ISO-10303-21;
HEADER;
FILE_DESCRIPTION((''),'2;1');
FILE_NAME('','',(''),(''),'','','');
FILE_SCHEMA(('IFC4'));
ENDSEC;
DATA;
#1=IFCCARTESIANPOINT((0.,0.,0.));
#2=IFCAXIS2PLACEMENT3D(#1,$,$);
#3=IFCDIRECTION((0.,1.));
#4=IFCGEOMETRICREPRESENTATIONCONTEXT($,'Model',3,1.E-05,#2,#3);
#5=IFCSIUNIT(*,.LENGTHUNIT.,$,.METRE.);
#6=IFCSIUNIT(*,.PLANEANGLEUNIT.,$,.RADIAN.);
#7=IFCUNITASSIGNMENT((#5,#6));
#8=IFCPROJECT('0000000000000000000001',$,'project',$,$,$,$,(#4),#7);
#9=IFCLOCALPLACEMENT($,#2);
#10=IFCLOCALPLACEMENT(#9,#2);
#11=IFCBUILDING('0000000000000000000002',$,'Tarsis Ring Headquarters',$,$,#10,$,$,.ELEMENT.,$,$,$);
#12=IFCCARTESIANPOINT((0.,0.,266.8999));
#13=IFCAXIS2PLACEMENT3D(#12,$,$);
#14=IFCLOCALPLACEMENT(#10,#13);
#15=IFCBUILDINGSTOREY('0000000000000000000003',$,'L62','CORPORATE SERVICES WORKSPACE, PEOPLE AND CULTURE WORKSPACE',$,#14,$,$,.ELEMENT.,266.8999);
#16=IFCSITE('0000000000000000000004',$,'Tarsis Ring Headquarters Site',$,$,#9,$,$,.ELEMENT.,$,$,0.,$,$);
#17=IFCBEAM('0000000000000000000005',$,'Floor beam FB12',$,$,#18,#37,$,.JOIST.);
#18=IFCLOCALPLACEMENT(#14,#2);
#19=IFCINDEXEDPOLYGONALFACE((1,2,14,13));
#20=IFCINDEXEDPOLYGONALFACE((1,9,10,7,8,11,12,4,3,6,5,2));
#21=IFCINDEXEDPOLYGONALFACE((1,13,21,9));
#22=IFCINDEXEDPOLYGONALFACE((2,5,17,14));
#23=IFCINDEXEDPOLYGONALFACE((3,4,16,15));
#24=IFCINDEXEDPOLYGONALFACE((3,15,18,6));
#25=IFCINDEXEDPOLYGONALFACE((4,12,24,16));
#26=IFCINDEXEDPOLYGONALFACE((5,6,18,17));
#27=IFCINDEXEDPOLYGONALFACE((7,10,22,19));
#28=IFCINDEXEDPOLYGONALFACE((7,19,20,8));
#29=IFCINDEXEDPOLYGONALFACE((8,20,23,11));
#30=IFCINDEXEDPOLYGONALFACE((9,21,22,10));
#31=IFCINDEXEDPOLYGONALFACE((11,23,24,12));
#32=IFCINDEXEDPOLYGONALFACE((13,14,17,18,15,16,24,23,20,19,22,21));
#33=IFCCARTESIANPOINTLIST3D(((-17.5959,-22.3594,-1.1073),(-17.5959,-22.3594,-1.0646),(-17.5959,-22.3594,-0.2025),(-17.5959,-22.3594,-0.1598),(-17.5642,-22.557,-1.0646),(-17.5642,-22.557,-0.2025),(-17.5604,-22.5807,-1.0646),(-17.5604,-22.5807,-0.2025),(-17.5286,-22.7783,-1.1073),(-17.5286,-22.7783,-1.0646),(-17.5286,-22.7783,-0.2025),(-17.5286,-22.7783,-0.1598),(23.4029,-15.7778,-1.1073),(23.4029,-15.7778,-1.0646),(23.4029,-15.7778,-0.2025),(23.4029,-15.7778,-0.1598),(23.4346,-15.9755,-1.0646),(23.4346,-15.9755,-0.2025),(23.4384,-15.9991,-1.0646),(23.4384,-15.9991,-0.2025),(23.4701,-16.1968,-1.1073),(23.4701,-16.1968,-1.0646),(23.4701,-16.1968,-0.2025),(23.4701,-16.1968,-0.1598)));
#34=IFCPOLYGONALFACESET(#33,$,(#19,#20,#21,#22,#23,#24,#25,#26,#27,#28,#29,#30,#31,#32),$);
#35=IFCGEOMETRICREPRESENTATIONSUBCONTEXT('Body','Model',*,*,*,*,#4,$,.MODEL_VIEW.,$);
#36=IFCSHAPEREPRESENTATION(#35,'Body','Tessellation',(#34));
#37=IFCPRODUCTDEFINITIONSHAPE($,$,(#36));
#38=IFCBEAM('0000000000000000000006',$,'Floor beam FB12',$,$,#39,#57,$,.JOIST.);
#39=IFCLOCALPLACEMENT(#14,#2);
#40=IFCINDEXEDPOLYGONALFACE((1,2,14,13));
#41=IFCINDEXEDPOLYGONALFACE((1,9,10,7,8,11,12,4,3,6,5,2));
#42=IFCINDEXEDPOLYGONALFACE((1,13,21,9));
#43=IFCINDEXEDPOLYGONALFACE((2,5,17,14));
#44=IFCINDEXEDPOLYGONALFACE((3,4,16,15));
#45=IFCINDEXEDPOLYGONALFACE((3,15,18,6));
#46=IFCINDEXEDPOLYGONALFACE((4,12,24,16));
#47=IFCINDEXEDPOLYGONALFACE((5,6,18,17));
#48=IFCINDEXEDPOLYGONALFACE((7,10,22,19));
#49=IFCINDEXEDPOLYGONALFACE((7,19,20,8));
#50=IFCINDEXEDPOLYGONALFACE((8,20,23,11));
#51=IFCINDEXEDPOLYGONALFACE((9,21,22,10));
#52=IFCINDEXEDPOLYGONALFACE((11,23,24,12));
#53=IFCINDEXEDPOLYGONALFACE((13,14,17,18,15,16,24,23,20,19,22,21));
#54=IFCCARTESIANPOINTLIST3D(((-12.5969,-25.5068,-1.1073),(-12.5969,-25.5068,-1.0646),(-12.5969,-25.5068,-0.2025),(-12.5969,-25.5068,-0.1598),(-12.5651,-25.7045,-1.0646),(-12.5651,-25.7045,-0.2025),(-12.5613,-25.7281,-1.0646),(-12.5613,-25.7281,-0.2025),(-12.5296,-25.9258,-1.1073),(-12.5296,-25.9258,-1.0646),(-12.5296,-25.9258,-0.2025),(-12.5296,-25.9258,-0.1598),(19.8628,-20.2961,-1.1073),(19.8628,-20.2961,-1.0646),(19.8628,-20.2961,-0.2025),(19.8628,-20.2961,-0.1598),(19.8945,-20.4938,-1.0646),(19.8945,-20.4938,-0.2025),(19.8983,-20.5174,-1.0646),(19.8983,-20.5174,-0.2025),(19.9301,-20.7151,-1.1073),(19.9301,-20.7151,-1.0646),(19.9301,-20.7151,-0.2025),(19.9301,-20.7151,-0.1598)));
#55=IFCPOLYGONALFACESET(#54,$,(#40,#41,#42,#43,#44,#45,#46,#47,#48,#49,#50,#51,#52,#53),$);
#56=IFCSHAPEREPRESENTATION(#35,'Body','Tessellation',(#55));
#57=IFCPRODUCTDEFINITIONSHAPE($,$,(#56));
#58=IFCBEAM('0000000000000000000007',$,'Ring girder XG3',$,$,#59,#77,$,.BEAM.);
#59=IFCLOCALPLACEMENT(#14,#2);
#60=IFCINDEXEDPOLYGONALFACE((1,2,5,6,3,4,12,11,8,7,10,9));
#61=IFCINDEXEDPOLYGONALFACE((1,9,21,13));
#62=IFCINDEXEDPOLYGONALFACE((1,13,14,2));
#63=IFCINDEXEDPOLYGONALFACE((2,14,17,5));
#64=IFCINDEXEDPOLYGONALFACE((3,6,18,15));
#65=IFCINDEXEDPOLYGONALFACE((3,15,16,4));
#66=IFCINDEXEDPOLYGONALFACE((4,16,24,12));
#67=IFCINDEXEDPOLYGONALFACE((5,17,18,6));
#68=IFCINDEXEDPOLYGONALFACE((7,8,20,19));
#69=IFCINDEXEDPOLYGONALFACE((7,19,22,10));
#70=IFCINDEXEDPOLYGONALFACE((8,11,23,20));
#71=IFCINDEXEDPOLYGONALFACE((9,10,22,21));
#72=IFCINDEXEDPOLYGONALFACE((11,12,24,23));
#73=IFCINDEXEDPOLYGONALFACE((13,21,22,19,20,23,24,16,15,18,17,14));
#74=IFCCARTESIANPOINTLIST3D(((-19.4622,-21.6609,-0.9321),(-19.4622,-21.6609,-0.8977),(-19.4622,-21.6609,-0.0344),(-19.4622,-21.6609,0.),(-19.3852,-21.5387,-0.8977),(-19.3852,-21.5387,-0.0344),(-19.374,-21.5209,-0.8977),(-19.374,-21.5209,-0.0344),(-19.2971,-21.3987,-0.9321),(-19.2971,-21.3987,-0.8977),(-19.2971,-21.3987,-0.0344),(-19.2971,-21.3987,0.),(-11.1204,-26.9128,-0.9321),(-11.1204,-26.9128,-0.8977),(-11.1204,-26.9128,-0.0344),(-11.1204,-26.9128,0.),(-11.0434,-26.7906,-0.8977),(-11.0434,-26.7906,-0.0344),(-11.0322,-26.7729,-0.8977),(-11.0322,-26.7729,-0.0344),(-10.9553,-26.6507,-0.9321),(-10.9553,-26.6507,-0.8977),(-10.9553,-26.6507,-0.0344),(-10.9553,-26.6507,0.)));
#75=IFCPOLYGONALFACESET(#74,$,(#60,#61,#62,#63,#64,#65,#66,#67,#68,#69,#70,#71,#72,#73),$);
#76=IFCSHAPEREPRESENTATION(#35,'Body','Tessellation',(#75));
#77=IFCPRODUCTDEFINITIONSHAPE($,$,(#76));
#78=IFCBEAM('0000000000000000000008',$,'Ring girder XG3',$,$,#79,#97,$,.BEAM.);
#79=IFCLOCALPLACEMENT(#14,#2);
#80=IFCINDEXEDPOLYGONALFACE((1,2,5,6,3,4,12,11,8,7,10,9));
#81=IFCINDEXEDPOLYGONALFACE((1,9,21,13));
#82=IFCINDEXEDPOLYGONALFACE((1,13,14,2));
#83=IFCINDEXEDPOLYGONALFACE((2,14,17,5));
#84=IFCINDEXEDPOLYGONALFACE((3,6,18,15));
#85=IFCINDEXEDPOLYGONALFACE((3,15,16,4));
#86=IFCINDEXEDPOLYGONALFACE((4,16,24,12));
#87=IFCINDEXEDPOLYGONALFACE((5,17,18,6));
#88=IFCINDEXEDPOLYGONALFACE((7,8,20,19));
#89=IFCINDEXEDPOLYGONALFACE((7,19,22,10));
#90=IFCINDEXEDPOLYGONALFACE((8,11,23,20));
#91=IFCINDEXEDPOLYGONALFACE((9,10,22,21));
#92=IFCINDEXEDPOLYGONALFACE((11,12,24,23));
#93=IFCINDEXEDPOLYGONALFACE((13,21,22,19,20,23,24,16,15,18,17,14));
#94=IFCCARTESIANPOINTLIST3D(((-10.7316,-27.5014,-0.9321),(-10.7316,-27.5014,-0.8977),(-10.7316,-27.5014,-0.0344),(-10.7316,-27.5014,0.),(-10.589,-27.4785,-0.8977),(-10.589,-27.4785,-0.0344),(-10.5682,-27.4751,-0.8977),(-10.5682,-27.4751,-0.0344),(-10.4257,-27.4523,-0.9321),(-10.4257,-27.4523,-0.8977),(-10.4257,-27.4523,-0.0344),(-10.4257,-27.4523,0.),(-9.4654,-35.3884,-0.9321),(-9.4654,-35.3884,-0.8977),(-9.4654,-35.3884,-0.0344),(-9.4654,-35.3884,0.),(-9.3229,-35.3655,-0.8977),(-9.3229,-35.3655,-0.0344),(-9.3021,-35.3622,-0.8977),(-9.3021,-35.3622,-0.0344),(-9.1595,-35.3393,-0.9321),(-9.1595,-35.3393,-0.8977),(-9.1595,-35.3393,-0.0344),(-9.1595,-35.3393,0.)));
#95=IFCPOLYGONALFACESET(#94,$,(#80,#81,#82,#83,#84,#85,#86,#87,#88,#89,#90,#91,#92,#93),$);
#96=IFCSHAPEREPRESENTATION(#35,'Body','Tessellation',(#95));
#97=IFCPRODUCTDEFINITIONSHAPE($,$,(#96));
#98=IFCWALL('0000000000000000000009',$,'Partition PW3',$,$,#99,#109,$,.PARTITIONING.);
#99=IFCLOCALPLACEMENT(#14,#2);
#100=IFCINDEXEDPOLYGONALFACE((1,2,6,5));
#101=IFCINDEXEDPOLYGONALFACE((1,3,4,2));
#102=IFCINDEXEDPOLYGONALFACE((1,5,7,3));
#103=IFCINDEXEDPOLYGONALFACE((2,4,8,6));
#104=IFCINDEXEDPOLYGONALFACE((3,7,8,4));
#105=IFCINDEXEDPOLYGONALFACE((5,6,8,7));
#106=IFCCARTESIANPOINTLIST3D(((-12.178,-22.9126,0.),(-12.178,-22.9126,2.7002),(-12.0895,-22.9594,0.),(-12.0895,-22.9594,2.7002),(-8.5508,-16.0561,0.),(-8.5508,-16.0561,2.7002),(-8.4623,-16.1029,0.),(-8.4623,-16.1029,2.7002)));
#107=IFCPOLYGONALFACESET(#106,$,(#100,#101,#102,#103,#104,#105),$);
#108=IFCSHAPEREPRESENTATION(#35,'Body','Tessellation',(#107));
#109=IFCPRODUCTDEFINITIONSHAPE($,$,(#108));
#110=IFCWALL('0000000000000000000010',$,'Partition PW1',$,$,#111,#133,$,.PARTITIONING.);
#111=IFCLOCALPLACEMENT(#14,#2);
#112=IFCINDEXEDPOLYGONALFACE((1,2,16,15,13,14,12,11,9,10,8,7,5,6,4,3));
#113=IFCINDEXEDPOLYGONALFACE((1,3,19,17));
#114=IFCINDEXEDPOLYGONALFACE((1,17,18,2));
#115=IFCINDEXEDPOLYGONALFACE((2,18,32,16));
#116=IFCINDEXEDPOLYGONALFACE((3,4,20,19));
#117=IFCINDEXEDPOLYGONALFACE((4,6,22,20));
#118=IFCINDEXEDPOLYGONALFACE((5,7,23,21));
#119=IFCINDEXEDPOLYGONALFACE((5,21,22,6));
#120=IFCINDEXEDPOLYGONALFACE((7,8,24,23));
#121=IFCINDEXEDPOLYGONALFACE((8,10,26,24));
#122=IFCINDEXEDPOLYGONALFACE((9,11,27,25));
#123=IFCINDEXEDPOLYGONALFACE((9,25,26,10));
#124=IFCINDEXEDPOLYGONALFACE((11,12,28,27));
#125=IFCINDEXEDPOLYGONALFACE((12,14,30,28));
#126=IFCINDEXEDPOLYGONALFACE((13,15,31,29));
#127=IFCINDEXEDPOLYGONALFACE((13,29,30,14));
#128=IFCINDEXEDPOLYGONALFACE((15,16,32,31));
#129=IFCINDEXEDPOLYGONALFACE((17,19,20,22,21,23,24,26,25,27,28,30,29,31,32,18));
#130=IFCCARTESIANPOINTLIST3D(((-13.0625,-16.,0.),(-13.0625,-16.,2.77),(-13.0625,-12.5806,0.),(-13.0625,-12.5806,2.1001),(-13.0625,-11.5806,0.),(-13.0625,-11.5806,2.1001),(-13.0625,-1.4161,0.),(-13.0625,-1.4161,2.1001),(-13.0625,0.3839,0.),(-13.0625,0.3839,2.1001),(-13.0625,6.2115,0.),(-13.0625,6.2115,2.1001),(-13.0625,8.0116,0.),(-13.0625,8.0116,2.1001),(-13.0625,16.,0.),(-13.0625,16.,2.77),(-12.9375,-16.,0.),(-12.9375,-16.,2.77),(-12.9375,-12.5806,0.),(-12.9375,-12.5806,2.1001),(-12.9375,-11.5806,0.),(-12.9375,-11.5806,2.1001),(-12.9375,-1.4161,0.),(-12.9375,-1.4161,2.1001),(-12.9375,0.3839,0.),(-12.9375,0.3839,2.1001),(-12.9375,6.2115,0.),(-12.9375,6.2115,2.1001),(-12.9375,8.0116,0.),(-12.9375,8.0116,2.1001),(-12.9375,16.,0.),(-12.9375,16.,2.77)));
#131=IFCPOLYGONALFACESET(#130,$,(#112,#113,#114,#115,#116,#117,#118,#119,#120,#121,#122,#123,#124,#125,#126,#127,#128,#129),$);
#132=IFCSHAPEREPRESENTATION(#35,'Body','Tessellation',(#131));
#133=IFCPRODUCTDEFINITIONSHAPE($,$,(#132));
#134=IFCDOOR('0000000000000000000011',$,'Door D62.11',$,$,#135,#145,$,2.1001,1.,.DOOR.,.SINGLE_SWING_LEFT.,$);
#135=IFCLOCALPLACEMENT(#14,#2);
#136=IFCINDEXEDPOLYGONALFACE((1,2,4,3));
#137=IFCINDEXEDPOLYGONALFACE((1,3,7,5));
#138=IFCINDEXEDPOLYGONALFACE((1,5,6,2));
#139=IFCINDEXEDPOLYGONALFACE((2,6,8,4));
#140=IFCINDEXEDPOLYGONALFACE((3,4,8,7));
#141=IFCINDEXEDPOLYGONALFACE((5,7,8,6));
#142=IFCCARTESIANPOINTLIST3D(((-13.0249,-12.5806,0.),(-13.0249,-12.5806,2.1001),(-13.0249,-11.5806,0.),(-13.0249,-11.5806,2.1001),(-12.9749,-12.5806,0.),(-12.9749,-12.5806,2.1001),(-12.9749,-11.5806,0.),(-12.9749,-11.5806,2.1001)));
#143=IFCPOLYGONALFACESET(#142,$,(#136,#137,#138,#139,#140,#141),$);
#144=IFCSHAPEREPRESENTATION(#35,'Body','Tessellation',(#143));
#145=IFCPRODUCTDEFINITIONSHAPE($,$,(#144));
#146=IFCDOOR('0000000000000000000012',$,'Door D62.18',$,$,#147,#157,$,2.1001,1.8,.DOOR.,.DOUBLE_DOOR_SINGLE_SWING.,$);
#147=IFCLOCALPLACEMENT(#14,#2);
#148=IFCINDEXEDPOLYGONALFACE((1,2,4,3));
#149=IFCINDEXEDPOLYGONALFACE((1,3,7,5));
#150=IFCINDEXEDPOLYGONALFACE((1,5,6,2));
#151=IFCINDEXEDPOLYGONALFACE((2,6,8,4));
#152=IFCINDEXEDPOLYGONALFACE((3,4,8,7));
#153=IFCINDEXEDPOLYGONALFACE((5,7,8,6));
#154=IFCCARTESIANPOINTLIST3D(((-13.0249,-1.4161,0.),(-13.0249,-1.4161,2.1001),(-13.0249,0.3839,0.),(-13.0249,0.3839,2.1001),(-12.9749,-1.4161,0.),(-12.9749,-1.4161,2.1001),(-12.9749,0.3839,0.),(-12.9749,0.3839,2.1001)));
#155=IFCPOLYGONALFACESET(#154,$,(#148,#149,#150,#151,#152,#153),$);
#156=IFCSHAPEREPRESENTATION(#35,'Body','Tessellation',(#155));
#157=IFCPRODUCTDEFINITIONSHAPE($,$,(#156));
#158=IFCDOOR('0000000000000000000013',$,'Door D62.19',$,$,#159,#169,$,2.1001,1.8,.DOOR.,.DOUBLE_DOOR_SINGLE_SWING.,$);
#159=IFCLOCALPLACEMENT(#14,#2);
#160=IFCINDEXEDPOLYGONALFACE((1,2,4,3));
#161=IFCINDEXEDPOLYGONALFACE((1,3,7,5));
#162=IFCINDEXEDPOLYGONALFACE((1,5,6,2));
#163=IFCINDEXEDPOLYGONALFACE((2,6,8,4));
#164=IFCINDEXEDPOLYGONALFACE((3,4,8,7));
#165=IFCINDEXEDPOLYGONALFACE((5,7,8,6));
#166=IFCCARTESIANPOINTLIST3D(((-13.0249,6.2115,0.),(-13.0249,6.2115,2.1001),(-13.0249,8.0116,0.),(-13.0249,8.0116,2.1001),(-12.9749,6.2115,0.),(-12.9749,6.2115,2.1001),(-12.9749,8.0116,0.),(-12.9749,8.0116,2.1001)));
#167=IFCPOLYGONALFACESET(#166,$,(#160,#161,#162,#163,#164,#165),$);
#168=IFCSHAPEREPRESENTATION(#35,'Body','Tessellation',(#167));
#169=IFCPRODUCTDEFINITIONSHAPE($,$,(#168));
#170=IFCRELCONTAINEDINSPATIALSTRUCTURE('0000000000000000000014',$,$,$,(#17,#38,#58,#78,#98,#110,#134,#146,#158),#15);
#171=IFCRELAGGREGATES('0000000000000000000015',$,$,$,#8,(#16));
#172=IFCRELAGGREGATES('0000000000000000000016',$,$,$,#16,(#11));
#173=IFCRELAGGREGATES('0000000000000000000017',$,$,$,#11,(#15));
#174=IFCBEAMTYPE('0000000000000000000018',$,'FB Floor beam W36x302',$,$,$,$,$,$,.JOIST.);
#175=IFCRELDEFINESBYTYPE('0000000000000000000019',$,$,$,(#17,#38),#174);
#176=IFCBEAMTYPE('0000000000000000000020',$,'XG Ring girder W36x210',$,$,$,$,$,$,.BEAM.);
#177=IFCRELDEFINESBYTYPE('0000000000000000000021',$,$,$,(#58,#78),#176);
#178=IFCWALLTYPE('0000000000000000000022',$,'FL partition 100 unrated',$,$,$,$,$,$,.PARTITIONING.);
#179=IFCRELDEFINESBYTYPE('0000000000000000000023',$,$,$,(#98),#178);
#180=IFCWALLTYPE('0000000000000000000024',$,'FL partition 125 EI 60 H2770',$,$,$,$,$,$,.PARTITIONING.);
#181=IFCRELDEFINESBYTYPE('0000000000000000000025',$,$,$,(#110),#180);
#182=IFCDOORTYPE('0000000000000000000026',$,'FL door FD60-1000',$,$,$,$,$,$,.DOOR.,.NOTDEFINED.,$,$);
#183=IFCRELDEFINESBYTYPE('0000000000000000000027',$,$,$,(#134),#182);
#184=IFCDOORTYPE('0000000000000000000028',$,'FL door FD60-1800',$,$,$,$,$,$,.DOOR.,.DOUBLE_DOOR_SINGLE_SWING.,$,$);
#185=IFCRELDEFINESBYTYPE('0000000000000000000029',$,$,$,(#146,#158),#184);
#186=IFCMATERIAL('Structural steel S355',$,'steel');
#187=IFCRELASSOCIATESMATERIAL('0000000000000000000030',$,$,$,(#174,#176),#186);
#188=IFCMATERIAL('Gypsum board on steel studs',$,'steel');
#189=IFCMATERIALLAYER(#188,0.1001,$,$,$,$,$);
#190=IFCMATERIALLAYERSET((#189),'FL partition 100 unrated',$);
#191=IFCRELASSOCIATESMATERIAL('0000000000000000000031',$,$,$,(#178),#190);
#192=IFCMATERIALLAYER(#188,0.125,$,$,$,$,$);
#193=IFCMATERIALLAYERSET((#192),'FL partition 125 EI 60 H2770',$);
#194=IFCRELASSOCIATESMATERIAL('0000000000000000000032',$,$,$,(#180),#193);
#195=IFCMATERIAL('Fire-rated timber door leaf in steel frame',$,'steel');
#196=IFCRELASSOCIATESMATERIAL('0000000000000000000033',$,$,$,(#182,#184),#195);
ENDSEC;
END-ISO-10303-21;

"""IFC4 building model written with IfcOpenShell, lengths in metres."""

from ifc_helpers import new_model, si_unit, direction, frame, frame_2d, origin, origin_2d, place, context, subcontext, project, spatial, rectangle, i_section, extrude, material, layer, layer_set, material_profile, profile_set, type_object, element, fill, save


model = new_model("IFC4")

# Units and contexts
model_context = context("Model", 3, precision=1e-05, world=origin(), true_north=direction((0.0, 1.0)))
body_context = subcontext(model_context, "Body", "Model", "MODEL_VIEW")
ifc_project = project(units=[si_unit("LENGTHUNIT", "METRE"), si_unit("PLANEANGLEUNIT", "RADIAN")], contexts=[model_context])

# Site, building, storey
site_placement = place(None, origin())
site = spatial("IfcSite", under=ifc_project, at=site_placement, Name="Tarsis Ring Headquarters Site", CompositionType="ELEMENT", RefElevation=0.0)
building_placement = place(site_placement, origin())
building = spatial("IfcBuilding", under=site, at=building_placement, Name="Tarsis Ring Headquarters", CompositionType="ELEMENT")
storey_placement = place(building_placement, frame((0.0, 0.0, 266.8999)))
storey = spatial("IfcBuildingStorey", under=building, at=storey_placement, Name="L62", Description="CORPORATE SERVICES WORKSPACE, PEOPLE AND CULTURE WORKSPACE", CompositionType="ELEMENT", Elevation=266.8999)

# Shared definitions
ifc_material_1 = material(Name="Structural steel S355", Category="steel")

# Beams
ifc_material_profile_1 = material_profile(ifc_material_1, i_section(OverallWidth=0.4243, OverallDepth=0.9475, WebThickness=0.0239, FlangeThickness=0.0427, at=origin_2d()), Name="W36x302")
ifc_profile_set_1 = profile_set([ifc_material_profile_1], Name="Structural steel S355")
beam_type_1 = type_object("IfcBeamType", Name="FB Floor beam W36x302", PredefinedType="JOIST", material=ifc_profile_set_1)
beam_1_placement = place(storey_placement, frame((-17.5623, -22.5688, -0.6335), z_axis=(0.987359, 0.158501, 0.0), x_axis=(-0.158501, 0.987359, 0.0)))
element("IfcBeam", 1, at=beam_1_placement, inside=storey, type_object=beam_type_1, Name="Floor beam FB12", PredefinedType="JOIST", context=body_context, shape_type="SweptSolid", body=[
    extrude(i_section(OverallWidth=0.4243, OverallDepth=0.9475, WebThickness=0.0239, FlangeThickness=0.0427, at=origin_2d()), origin(), (0.0, 0.0, 1.0), 41.5237),
])
beam_2_placement = place(storey_placement, frame((-12.5632, -25.7163, -0.6335), z_axis=(0.987359, 0.158499, 0.0), x_axis=(-0.158499, 0.987359, 0.0)))
element("IfcBeam", 2, at=beam_2_placement, inside=storey, type_object=beam_type_1, Name="Floor beam FB12", PredefinedType="JOIST", context=body_context, shape_type="SweptSolid", body=[
    extrude(i_section(OverallWidth=0.4243, OverallDepth=0.9475, WebThickness=0.0239, FlangeThickness=0.0427, at=origin_2d()), origin(), (0.0, 0.0, 1.0), 32.8752),
])
ifc_material_profile_2 = material_profile(ifc_material_1, i_section(OverallWidth=0.3098, OverallDepth=0.9321, WebThickness=0.021, FlangeThickness=0.0344, at=origin_2d()), Name="W36x210")
ifc_profile_set_2 = profile_set([ifc_material_profile_2], Name="Structural steel S355")
beam_type_2 = type_object("IfcBeamType", Name="XG Ring girder W36x210", PredefinedType="BEAM", material=ifc_profile_set_2)
beam_3_placement = place(storey_placement, frame((-19.3796, -21.5298, -0.4661), z_axis=(0.846246, -0.532792, 0.0), x_axis=(0.532792, 0.846246, 0.0)))
element("IfcBeam", 3, at=beam_3_placement, inside=storey, type_object=beam_type_2, Name="Ring girder XG3", PredefinedType="BEAM", context=body_context, shape_type="SweptSolid", body=[
    extrude(i_section(OverallWidth=0.3098, OverallDepth=0.9321, WebThickness=0.021, FlangeThickness=0.0344, at=origin_2d()), origin(), (0.0, 0.0, 1.0), 9.8574),
])
beam_4_placement = place(storey_placement, frame((-10.5786, -27.4768, -0.4661), z_axis=(0.158503, -0.987358, 0.0), x_axis=(0.987358, 0.158503, 0.0)))
element("IfcBeam", 4, at=beam_4_placement, inside=storey, type_object=beam_type_2, Name="Ring girder XG3", PredefinedType="BEAM", context=body_context, shape_type="SweptSolid", body=[
    extrude(i_section(OverallWidth=0.3098, OverallDepth=0.9321, WebThickness=0.021, FlangeThickness=0.0344, at=origin_2d()), origin(), (0.0, 0.0, 1.0), 7.988),
])

# Wall
ifc_material_2 = material(Name="Gypsum board on steel studs", Category="steel")
ifc_layer_1 = layer(ifc_material_2, 0.1001)
ifc_layer_set_1 = layer_set([ifc_layer_1], Name="FL partition 100 unrated")
wall_type_1 = type_object("IfcWallType", Name="FL partition 100 unrated", PredefinedType="PARTITIONING", material=ifc_layer_set_1)
wall_1_placement = place(storey_placement, frame((-12.1338, -22.936, 0.0), z_axis=(0.0, 0.0, 1.0), x_axis=(0.467617, 0.883931, 0.0)))
element("IfcWall", 5, at=wall_1_placement, inside=storey, type_object=wall_type_1, Name="Partition PW3", PredefinedType="PARTITIONING", context=body_context, shape_type="SweptSolid", body=[
    extrude(rectangle(XDim=7.7568, YDim=0.1001, at=frame_2d((3.8784, 0.0))), origin(), (0.0, 0.0, 1.0), 2.7002),
])

# Wall, openings, doors
ifc_layer_2 = layer(ifc_material_2, 0.125)
ifc_layer_set_2 = layer_set([ifc_layer_2], Name="FL partition 125 EI 60 H2770")
wall_type_2 = type_object("IfcWallType", Name="FL partition 125 EI 60 H2770", PredefinedType="PARTITIONING", material=ifc_layer_set_2)
wall_2_placement = place(storey_placement, frame((-13.0, -16.0, 0.0), z_axis=(0.0, 0.0, 1.0), x_axis=(0.0, 1.0, 0.0)))
wall_2 = element("IfcWall", 6, at=wall_2_placement, inside=storey, type_object=wall_type_2, Name="Partition PW1", PredefinedType="PARTITIONING", context=body_context, shape_type="SweptSolid", body=[
    extrude(rectangle(XDim=32.0, YDim=0.125, at=frame_2d((16.0, 0.0))), origin(), (0.0, 0.0, 1.0), 2.77),
])
opening_1_placement = place(wall_2_placement, frame((3.4194, 0.0, 0.0)))
opening_1 = element("IfcOpeningElement", 7, at=opening_1_placement, cuts=wall_2, PredefinedType="OPENING", context=body_context, shape_type="SweptSolid", body=[
    extrude(rectangle(XDim=1.0, YDim=2.1001, at=frame_2d((0.5, 1.05))), frame((0.0, 0.0725, 0.0), z_axis=(0.0, -1.0, 0.0), x_axis=(1.0, 0.0, 0.0)), (0.0, 0.0, 1.0), 0.145),
])
opening_2_placement = place(wall_2_placement, frame((14.584, 0.0, 0.0)))
opening_2 = element("IfcOpeningElement", 8, at=opening_2_placement, cuts=wall_2, PredefinedType="OPENING", context=body_context, shape_type="SweptSolid", body=[
    extrude(rectangle(XDim=1.8, YDim=2.1001, at=frame_2d((0.8999, 1.05))), frame((0.0, 0.0725, 0.0), z_axis=(0.0, -1.0, 0.0), x_axis=(1.0, 0.0, 0.0)), (0.0, 0.0, 1.0), 0.145),
])
opening_3_placement = place(wall_2_placement, frame((22.2117, 0.0, 0.0)))
opening_3 = element("IfcOpeningElement", 9, at=opening_3_placement, cuts=wall_2, PredefinedType="OPENING", context=body_context, shape_type="SweptSolid", body=[
    extrude(rectangle(XDim=1.8, YDim=2.1001, at=frame_2d((0.8999, 1.05))), frame((0.0, 0.0725, 0.0), z_axis=(0.0, -1.0, 0.0), x_axis=(1.0, 0.0, 0.0)), (0.0, 0.0, 1.0), 0.145),
])
ifc_material_3 = material(Name="Fire-rated timber door leaf in steel frame", Category="steel")
door_type_1 = type_object("IfcDoorType", Name="FL door FD60-1000", OperationType="NOTDEFINED", PredefinedType="DOOR", material=ifc_material_3)
door_1_placement = place(opening_1_placement, origin())
door_1 = element("IfcDoor", 10, at=door_1_placement, inside=storey, type_object=door_type_1, Name="Door D62.11", OperationType="SINGLE_SWING_LEFT", OverallHeight=2.1001, OverallWidth=1.0, PredefinedType="DOOR", context=body_context, shape_type="SweptSolid", body=[
    extrude(rectangle(XDim=1.0, YDim=2.1001, at=frame_2d((0.5, 1.05))), frame((0.0, 0.0249, 0.0), z_axis=(0.0, -1.0, 0.0), x_axis=(1.0, 0.0, 0.0)), (0.0, 0.0, 1.0), 0.05),
])
fill(opening_1, door_1)
door_type_2 = type_object("IfcDoorType", Name="FL door FD60-1800", OperationType="DOUBLE_DOOR_SINGLE_SWING", PredefinedType="DOOR", material=ifc_material_3)
door_2_placement = place(opening_2_placement, origin())
door_2 = element("IfcDoor", 11, at=door_2_placement, inside=storey, type_object=door_type_2, Name="Door D62.18", OperationType="DOUBLE_DOOR_SINGLE_SWING", OverallHeight=2.1001, OverallWidth=1.8, PredefinedType="DOOR", context=body_context, shape_type="SweptSolid", body=[
    extrude(rectangle(XDim=1.8, YDim=2.1001, at=frame_2d((0.8999, 1.05))), frame((0.0, 0.0249, 0.0), z_axis=(0.0, -1.0, 0.0), x_axis=(1.0, 0.0, 0.0)), (0.0, 0.0, 1.0), 0.05),
])
fill(opening_2, door_2)
door_3_placement = place(opening_3_placement, origin())
door_3 = element("IfcDoor", 12, at=door_3_placement, inside=storey, type_object=door_type_2, Name="Door D62.19", OperationType="DOUBLE_DOOR_SINGLE_SWING", OverallHeight=2.1001, OverallWidth=1.8, PredefinedType="DOOR", context=body_context, shape_type="SweptSolid", body=[
    extrude(rectangle(XDim=1.8, YDim=2.1001, at=frame_2d((0.8999, 1.05))), frame((0.0, 0.0249, 0.0), z_axis=(0.0, -1.0, 0.0), x_axis=(1.0, 0.0, 0.0)), (0.0, 0.0, 1.0), 0.05),
])
fill(opening_3, door_3)

save(model, "model.ifc")
